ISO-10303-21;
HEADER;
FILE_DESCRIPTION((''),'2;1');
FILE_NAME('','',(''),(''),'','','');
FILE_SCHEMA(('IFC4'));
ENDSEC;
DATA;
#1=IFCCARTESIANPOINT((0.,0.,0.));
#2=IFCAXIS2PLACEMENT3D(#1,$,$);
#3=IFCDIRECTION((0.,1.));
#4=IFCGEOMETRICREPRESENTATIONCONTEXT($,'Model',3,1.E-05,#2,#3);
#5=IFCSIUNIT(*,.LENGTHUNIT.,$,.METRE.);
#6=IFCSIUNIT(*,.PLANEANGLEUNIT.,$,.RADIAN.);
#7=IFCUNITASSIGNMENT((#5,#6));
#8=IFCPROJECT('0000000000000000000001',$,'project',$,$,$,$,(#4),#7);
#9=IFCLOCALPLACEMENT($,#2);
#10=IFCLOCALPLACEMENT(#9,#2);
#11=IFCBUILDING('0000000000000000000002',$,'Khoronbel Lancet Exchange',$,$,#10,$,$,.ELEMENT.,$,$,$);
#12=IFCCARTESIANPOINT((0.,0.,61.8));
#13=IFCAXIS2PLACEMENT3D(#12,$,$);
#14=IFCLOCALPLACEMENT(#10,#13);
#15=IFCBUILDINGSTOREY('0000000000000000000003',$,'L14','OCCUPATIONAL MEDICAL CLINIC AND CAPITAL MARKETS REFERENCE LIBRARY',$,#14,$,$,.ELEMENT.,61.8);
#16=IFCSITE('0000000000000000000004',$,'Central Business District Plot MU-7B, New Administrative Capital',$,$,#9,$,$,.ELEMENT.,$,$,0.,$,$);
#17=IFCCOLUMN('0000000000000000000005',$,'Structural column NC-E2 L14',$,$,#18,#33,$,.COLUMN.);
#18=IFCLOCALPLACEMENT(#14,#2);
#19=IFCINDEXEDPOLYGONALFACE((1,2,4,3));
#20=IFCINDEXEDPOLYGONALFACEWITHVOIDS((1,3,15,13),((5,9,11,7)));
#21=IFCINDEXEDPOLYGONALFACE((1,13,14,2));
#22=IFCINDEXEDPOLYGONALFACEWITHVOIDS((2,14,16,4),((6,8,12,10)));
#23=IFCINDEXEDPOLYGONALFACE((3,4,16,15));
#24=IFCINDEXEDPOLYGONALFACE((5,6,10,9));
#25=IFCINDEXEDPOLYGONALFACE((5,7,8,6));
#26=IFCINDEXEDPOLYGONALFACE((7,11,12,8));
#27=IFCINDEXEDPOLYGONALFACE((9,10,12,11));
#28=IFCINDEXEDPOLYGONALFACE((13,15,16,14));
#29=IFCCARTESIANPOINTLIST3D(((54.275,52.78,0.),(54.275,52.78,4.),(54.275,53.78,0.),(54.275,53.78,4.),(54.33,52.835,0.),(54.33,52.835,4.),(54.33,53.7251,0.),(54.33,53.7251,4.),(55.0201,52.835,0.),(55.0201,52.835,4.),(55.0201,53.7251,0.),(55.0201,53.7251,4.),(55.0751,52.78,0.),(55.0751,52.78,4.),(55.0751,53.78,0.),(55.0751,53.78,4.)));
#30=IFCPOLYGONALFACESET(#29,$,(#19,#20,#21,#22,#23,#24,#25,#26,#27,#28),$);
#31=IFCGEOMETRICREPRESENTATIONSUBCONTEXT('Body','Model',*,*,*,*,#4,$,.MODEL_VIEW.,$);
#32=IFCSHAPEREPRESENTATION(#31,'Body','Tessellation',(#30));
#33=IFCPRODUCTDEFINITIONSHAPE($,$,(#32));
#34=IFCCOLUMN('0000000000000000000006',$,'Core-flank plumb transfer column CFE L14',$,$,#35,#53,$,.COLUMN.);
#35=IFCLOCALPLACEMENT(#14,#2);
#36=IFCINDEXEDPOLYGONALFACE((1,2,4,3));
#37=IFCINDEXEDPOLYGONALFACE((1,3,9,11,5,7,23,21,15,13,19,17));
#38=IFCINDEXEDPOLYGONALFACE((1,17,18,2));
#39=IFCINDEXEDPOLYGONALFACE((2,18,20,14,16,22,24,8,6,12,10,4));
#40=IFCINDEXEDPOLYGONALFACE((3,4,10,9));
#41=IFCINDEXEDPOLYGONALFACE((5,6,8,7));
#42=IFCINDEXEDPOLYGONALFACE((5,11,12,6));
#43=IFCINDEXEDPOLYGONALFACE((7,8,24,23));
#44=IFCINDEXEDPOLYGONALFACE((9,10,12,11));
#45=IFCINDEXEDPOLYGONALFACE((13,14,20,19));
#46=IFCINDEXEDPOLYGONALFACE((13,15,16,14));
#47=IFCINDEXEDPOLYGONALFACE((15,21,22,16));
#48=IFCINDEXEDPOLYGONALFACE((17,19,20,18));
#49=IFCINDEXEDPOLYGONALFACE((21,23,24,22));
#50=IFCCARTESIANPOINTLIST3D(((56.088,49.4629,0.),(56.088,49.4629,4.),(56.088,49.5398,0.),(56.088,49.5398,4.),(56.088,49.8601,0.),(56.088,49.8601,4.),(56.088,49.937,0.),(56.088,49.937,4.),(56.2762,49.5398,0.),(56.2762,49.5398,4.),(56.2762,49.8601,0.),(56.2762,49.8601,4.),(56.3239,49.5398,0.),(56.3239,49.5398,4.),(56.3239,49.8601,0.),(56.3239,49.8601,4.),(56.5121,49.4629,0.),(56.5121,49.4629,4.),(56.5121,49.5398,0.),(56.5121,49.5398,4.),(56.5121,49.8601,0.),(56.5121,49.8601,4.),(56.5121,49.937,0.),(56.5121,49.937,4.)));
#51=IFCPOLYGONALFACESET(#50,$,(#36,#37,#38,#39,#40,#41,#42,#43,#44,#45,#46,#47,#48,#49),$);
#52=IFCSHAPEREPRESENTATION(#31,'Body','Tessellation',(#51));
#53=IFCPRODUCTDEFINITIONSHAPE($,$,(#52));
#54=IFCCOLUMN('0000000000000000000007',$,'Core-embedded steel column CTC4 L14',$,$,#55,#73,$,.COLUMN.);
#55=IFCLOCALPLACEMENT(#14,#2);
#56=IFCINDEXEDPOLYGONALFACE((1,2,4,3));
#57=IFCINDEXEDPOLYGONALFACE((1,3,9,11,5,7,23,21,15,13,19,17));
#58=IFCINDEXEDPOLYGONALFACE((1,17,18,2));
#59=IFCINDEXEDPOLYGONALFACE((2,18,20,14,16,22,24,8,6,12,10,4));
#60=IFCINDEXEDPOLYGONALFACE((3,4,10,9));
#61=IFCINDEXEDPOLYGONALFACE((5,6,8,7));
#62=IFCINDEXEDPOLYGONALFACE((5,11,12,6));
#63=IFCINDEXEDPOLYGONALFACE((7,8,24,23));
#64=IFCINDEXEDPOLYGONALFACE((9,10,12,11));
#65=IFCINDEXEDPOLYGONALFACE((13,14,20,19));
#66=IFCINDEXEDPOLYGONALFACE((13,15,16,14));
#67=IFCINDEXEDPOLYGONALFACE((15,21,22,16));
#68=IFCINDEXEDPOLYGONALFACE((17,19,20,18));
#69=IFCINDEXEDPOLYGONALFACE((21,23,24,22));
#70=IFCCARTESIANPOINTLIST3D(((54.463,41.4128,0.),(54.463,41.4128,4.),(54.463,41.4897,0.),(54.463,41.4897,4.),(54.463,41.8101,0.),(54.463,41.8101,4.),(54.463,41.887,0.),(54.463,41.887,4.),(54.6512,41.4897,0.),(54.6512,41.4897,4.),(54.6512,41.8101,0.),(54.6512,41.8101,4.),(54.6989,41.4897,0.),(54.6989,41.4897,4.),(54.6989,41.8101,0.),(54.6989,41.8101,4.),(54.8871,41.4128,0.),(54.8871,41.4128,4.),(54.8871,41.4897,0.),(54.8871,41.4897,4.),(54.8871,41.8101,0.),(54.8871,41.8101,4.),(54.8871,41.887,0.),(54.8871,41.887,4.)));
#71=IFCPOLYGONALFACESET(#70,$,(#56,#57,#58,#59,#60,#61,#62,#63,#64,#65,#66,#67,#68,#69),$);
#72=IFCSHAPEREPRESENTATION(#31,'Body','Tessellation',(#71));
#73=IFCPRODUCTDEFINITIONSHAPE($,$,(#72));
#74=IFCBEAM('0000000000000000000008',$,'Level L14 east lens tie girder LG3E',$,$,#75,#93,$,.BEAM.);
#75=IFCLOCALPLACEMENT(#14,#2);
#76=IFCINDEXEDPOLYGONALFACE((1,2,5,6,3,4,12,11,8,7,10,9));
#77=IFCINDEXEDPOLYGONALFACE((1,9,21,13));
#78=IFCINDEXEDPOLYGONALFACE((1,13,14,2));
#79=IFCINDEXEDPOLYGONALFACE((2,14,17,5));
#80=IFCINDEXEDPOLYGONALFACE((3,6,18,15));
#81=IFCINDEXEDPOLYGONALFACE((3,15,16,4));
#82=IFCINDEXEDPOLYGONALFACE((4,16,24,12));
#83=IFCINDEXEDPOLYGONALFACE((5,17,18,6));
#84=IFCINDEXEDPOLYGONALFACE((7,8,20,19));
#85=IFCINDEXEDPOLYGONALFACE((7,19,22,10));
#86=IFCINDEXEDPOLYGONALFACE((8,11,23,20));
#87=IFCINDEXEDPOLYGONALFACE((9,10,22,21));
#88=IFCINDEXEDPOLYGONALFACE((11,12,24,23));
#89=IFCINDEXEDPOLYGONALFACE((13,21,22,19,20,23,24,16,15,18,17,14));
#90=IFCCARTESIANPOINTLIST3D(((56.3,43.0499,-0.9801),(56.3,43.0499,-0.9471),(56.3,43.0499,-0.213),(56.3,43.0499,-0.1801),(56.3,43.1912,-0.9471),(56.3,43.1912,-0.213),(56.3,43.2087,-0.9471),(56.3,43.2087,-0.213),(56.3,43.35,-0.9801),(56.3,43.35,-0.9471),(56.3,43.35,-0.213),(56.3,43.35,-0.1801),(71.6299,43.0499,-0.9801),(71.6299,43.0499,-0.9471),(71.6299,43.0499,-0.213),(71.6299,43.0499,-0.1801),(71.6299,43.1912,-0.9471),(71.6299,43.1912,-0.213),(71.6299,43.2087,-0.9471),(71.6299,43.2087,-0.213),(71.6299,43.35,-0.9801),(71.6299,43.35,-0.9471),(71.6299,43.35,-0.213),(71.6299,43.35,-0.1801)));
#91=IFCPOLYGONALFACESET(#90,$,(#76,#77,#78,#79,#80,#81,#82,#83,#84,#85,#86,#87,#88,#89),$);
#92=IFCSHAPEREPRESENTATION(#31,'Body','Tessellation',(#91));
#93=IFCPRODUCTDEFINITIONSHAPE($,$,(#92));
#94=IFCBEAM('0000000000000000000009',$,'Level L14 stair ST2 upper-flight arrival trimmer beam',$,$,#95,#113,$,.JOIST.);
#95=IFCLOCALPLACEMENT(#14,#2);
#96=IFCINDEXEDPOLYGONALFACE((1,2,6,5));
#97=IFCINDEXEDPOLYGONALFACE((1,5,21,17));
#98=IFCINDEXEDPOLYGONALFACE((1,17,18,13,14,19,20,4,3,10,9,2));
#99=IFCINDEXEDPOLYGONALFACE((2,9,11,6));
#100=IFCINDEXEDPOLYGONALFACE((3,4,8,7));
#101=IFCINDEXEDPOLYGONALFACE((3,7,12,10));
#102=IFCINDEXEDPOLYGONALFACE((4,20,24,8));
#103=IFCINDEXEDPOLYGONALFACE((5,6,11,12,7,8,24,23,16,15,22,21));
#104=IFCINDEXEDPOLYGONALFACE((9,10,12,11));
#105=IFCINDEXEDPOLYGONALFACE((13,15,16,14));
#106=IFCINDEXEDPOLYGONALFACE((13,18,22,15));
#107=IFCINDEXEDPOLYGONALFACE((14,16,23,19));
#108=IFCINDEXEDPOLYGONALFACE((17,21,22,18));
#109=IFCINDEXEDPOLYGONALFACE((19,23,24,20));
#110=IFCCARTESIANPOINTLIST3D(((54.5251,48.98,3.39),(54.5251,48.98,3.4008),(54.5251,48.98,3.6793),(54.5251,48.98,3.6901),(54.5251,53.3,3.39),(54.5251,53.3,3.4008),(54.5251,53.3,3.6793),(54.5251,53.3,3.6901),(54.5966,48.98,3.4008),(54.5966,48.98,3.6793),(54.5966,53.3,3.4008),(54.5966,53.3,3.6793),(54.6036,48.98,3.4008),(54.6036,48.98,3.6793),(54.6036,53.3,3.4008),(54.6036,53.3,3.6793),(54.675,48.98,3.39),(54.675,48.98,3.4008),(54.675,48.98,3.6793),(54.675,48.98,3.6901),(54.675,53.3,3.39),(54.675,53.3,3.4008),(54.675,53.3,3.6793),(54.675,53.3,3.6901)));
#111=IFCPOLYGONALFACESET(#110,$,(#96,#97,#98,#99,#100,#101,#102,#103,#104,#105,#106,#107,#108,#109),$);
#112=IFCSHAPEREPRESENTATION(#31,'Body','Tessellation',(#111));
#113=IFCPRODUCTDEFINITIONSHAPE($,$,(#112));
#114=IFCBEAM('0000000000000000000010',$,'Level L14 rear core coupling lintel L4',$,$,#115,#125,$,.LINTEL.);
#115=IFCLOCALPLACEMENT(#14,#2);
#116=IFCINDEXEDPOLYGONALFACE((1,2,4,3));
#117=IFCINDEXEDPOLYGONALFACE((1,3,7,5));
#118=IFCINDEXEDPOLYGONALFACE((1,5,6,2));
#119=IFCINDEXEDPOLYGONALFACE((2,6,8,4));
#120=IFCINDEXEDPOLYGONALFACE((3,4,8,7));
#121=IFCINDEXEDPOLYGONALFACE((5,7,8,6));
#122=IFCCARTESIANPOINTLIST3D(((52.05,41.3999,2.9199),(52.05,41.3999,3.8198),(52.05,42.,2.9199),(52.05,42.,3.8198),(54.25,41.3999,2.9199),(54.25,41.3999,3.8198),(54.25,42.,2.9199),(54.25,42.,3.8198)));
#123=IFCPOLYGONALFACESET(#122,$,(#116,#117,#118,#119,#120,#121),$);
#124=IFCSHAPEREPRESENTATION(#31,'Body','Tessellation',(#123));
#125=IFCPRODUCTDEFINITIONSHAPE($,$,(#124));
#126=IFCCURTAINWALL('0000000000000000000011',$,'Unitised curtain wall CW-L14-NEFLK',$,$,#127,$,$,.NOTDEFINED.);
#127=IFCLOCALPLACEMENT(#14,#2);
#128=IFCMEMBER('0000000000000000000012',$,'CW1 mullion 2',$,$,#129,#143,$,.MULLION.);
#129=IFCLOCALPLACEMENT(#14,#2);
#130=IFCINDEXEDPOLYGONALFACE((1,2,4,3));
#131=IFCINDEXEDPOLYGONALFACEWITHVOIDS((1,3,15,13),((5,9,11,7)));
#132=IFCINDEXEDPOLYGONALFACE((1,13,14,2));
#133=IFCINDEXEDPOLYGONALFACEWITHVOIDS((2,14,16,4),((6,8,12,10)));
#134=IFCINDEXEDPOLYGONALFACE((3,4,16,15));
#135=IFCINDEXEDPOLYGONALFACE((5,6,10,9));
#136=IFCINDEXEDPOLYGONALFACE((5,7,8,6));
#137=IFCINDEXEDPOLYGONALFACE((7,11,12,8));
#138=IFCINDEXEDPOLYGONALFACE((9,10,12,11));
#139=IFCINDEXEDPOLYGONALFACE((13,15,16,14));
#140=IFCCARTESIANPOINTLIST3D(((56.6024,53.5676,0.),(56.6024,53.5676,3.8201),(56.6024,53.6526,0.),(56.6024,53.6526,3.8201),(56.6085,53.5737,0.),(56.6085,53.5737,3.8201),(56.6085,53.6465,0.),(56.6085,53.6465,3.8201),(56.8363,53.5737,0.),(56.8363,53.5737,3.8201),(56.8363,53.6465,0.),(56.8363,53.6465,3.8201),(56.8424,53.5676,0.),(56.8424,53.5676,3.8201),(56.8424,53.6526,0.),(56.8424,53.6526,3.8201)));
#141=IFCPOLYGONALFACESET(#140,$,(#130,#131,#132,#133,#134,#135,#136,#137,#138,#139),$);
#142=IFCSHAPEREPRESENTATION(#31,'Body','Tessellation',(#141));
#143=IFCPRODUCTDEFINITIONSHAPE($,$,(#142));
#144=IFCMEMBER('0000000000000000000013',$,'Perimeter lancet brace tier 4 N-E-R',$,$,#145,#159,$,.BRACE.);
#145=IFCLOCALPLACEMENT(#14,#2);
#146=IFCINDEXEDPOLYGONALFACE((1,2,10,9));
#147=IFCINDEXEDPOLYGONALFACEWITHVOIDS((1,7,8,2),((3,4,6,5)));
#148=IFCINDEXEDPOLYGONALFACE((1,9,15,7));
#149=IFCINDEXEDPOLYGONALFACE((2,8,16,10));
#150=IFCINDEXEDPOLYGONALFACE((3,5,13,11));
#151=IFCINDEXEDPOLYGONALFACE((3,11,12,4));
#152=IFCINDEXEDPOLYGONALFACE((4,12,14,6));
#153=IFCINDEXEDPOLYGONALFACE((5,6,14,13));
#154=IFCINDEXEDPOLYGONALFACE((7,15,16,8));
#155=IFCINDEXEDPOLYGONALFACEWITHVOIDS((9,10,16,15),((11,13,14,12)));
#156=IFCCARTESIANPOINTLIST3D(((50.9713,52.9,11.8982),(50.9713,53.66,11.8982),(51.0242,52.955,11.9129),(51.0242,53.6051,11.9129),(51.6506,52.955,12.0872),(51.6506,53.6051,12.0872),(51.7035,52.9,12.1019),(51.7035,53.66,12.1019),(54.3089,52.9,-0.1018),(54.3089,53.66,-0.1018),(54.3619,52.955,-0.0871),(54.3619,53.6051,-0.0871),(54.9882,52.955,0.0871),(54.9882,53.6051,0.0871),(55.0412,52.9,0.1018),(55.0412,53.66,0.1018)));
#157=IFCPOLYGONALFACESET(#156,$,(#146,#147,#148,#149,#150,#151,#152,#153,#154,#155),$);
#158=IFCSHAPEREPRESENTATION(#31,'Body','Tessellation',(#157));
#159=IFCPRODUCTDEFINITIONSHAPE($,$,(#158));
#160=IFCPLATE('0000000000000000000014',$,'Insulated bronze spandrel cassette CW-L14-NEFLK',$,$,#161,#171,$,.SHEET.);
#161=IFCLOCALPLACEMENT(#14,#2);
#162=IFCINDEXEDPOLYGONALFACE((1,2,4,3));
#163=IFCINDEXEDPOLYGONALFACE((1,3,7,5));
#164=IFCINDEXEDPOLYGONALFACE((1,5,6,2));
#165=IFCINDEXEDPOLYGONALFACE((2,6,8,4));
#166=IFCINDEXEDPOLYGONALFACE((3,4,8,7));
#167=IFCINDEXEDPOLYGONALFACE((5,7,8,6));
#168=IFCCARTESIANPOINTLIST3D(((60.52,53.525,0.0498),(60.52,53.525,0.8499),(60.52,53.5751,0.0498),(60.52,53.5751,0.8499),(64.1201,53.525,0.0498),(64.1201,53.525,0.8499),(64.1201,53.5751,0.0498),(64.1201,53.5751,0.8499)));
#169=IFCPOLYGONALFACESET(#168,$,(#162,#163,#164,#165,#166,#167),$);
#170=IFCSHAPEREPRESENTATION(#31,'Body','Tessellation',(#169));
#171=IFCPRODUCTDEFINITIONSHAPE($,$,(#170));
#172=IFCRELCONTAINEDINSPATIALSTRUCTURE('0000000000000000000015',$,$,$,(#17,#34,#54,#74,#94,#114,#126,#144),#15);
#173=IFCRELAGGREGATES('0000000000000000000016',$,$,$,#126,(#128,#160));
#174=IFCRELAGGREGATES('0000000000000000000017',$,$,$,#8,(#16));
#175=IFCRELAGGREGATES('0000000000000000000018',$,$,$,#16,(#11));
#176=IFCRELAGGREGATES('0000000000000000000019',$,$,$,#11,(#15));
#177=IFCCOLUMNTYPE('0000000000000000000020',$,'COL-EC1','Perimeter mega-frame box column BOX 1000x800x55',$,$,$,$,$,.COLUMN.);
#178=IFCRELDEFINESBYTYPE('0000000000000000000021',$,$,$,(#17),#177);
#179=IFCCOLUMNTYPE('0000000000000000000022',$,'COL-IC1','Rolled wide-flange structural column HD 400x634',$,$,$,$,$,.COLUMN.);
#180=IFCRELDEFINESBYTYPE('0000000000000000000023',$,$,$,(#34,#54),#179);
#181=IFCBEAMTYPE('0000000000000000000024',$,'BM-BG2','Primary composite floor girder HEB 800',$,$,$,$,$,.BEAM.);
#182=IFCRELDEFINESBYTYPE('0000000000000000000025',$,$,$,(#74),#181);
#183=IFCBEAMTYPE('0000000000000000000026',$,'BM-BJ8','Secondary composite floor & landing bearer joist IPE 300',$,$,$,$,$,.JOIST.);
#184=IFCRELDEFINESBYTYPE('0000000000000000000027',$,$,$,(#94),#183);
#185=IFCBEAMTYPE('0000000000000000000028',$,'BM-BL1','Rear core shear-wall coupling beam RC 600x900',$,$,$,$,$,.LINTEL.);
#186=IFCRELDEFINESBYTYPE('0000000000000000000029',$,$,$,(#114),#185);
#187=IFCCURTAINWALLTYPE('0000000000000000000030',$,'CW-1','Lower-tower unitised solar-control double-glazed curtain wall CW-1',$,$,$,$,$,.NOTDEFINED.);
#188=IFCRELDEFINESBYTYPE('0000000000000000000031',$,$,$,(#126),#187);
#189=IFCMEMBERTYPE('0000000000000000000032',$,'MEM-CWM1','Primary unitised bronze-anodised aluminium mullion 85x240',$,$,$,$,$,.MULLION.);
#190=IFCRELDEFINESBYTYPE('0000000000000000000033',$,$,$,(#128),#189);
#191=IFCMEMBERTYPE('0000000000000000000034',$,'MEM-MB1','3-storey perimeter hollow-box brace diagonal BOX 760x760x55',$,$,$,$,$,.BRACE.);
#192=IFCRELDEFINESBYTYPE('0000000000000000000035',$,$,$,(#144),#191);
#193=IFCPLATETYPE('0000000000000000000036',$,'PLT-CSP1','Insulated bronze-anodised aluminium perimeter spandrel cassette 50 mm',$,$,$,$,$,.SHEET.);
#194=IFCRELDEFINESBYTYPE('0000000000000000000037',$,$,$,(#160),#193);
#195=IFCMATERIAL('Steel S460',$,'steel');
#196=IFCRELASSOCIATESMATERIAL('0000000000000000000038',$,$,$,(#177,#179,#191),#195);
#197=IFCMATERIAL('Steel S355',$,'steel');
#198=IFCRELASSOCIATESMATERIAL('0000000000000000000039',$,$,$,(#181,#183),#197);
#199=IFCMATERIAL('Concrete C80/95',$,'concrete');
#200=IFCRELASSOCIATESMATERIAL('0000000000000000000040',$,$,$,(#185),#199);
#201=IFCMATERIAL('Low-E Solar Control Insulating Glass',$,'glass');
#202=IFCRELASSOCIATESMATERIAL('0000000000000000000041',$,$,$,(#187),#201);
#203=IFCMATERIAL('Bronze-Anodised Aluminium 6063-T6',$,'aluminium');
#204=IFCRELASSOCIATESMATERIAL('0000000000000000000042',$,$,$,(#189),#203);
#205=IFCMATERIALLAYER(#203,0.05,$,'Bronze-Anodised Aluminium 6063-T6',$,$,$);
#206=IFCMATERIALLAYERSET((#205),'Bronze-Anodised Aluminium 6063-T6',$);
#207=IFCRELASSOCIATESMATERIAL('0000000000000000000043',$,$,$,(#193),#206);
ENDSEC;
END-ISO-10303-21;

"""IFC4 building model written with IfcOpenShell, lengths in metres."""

from ifc_helpers import new_model, si_unit, direction, frame, origin, origin_2d, place, context, subcontext, project, spatial, rectangle, hollow_rectangle, i_section, extrude, material, layer, layer_set, material_profile, profile_set, type_object, element, aggregate, save


model = new_model("IFC4")

# Units and contexts
model_context = context("Model", 3, precision=1e-05, world=origin(), true_north=direction((0.0, 1.0)))
body_context = subcontext(model_context, "Body", "Model", "MODEL_VIEW")
ifc_project = project(units=[si_unit("LENGTHUNIT", "METRE"), si_unit("PLANEANGLEUNIT", "RADIAN")], contexts=[model_context])

# Site, building, storey
site_placement = place(None, origin())
site = spatial("IfcSite", under=ifc_project, at=site_placement, Name="Central Business District Plot MU-7B, New Administrative Capital", CompositionType="ELEMENT", RefElevation=0.0)
building_placement = place(site_placement, origin())
building = spatial("IfcBuilding", under=site, at=building_placement, Name="Khoronbel Lancet Exchange", CompositionType="ELEMENT")
storey_placement = place(building_placement, frame((0.0, 0.0, 61.8)))
storey = spatial("IfcBuildingStorey", under=building, at=storey_placement, Name="L14", Description="OCCUPATIONAL MEDICAL CLINIC AND CAPITAL MARKETS REFERENCE LIBRARY", CompositionType="ELEMENT", Elevation=61.8)

# Columns
ifc_material_1 = material(Name="Steel S460", Category="steel")
ifc_material_profile_1 = material_profile(ifc_material_1, hollow_rectangle(XDim=0.8, YDim=1.0, WallThickness=0.0549, at=origin_2d()), Name="BOX 1000x800x55")
ifc_profile_set_1 = profile_set([ifc_material_profile_1], Name="Steel S460")
column_type_1 = type_object("IfcColumnType", Name="COL-EC1", Description="Perimeter mega-frame box column BOX 1000x800x55", PredefinedType="COLUMN", material=ifc_profile_set_1)
column_placement = place(storey_placement, frame((54.675, 53.28, 0.0), z_axis=(0.0, 0.0, 1.0), x_axis=(1.0, 0.0, 0.0)))
element("IfcColumn", 1, at=column_placement, inside=storey, type_object=column_type_1, Name="Structural column NC-E2 L14", PredefinedType="COLUMN", context=body_context, shape_type="SweptSolid", body=[
    extrude(hollow_rectangle(XDim=0.8, YDim=1.0, WallThickness=0.0549, at=origin_2d()), origin(), (0.0, 0.0, 1.0), 4.0),
])
ifc_material_profile_2 = material_profile(ifc_material_1, i_section(OverallWidth=0.4241, OverallDepth=0.4741, WebThickness=0.0476, FlangeThickness=0.0769, at=origin_2d()), Name="HD 400x634")
ifc_profile_set_2 = profile_set([ifc_material_profile_2], Name="Steel S460")
column_type_2 = type_object("IfcColumnType", Name="COL-IC1", Description="Rolled wide-flange structural column HD 400x634", PredefinedType="COLUMN", material=ifc_profile_set_2)
for number, where, z_axis, x_axis, name in (
    (2, (56.3, 49.7, 0.0), (0.0, 0.0, 1.0), (1.0, 0.0, 0.0), "Core-flank plumb transfer column CFE L14"),
    (3, (54.675, 41.6499, 0.0), (0.0, 0.0, 1.0), (1.0, 0.0, 0.0), "Core-embedded steel column CTC4 L14"),
):
    element("IfcColumn", number, at=place(storey_placement, frame(where, z_axis=z_axis, x_axis=x_axis)), inside=storey, type_object=column_type_2, Name=name, PredefinedType="COLUMN", context=body_context, shape_type="SweptSolid", body=[
        extrude(i_section(OverallWidth=0.4241, OverallDepth=0.4741, WebThickness=0.0476, FlangeThickness=0.0769, at=origin_2d()), origin(), (0.0, 0.0, 1.0), 4.0),
    ])

# Beams
ifc_material_2 = material(Name="Steel S355", Category="steel")
ifc_material_profile_3 = material_profile(ifc_material_2, i_section(OverallWidth=0.3, OverallDepth=0.8, WebThickness=0.0176, FlangeThickness=0.033, at=origin_2d()), Name="HEB 800")
ifc_profile_set_3 = profile_set([ifc_material_profile_3], Name="Steel S355")
beam_type_1 = type_object("IfcBeamType", Name="BM-BG2", Description="Primary composite floor girder HEB 800", PredefinedType="BEAM", material=ifc_profile_set_3)
beam_1_placement = place(storey_placement, frame((56.3, 43.2, -0.5801), z_axis=(1.0, 0.0, 0.0), x_axis=(0.0, 1.0, 0.0)))
element("IfcBeam", 4, at=beam_1_placement, inside=storey, type_object=beam_type_1, Name="Level L14 east lens tie girder LG3E", PredefinedType="BEAM", context=body_context, shape_type="SweptSolid", body=[
    extrude(i_section(OverallWidth=0.3, OverallDepth=0.8, WebThickness=0.0176, FlangeThickness=0.033, at=origin_2d()), origin(), (0.0, 0.0, 1.0), 15.3298),
])
ifc_material_profile_4 = material_profile(ifc_material_2, i_section(OverallWidth=0.1499, OverallDepth=0.3, WebThickness=0.0071, FlangeThickness=0.0107, at=origin_2d()), Name="IPE 300")
ifc_profile_set_4 = profile_set([ifc_material_profile_4], Name="Steel S355")
beam_type_2 = type_object("IfcBeamType", Name="BM-BJ8", Description="Secondary composite floor & landing bearer joist IPE 300", PredefinedType="JOIST", material=ifc_profile_set_4)
beam_2_placement = place(storey_placement, frame((54.6001, 48.98, 3.54), z_axis=(0.0, 1.0, 0.0), x_axis=(-1.0, 0.0, 0.0)))
element("IfcBeam", 5, at=beam_2_placement, inside=storey, type_object=beam_type_2, Name="Level L14 stair ST2 upper-flight arrival trimmer beam", PredefinedType="JOIST", context=body_context, shape_type="SweptSolid", body=[
    extrude(i_section(OverallWidth=0.1499, OverallDepth=0.3, WebThickness=0.0071, FlangeThickness=0.0107, at=origin_2d()), origin(), (0.0, 0.0, 1.0), 4.3201),
])
ifc_material_3 = material(Name="Concrete C80/95", Category="concrete")
ifc_material_profile_5 = material_profile(ifc_material_3, rectangle(XDim=0.6001, YDim=0.8999, at=origin_2d()), Name="RC 600x900")
ifc_profile_set_5 = profile_set([ifc_material_profile_5], Name="Concrete C80/95")
beam_type_3 = type_object("IfcBeamType", Name="BM-BL1", Description="Rear core shear-wall coupling beam RC 600x900", PredefinedType="LINTEL", material=ifc_profile_set_5)
beam_3_placement = place(storey_placement, frame((52.05, 41.7, 3.3699), z_axis=(1.0, 0.0, 0.0), x_axis=(0.0, 1.0, 0.0)))
element("IfcBeam", 6, at=beam_3_placement, inside=storey, type_object=beam_type_3, Name="Level L14 rear core coupling lintel L4", PredefinedType="LINTEL", context=body_context, shape_type="SweptSolid", body=[
    extrude(rectangle(XDim=0.6001, YDim=0.8999, at=origin_2d()), origin(), (0.0, 0.0, 1.0), 2.2),
])

# Curtain wall, member
ifc_material_4 = material(Name="Low-E Solar Control Insulating Glass", Category="glass")
curtain_wall_type = type_object("IfcCurtainWallType", Name="CW-1", Description="Lower-tower unitised solar-control double-glazed curtain wall CW-1", PredefinedType="NOTDEFINED", material=ifc_material_4)
curtain_wall_placement = place(storey_placement, origin())
curtain_wall = element("IfcCurtainWall", 7, at=curtain_wall_placement, inside=storey, type_object=curtain_wall_type, Name="Unitised curtain wall CW-L14-NEFLK", PredefinedType="NOTDEFINED")
ifc_material_5 = material(Name="Bronze-Anodised Aluminium 6063-T6", Category="aluminium")
ifc_material_profile_6 = material_profile(ifc_material_5, hollow_rectangle(XDim=0.085, YDim=0.24, WallThickness=0.0061, at=origin_2d()), Name="ALU MULLION 85x240")
ifc_profile_set_6 = profile_set([ifc_material_profile_6], Name="Bronze-Anodised Aluminium 6063-T6")
member_type_1 = type_object("IfcMemberType", Name="MEM-CWM1", Description="Primary unitised bronze-anodised aluminium mullion 85x240", PredefinedType="MULLION", material=ifc_profile_set_6)
member_1_placement = place(storey_placement, frame((56.7224, 53.6101, 0.0), z_axis=(0.0, 0.0, 1.0), x_axis=(0.0, -1.0, 0.0)))
member_1 = element("IfcMember", 8, at=member_1_placement, type_object=member_type_1, Name="CW1 mullion 2", PredefinedType="MULLION", context=body_context, shape_type="SweptSolid", body=[
    extrude(hollow_rectangle(XDim=0.085, YDim=0.24, WallThickness=0.0061, at=origin_2d()), origin(), (0.0, 0.0, 1.0), 3.8201),
])

# Member
ifc_material_profile_7 = material_profile(ifc_material_1, hollow_rectangle(XDim=0.76, YDim=0.76, WallThickness=0.0549, at=origin_2d()), Name="BOX 760x760x55")
ifc_profile_set_7 = profile_set([ifc_material_profile_7], Name="Steel S460")
member_type_2 = type_object("IfcMemberType", Name="MEM-MB1", Description="3-storey perimeter hollow-box brace diagonal BOX 760x760x55", PredefinedType="BRACE", material=ifc_profile_set_7)
member_2_placement = place(storey_placement, frame((54.675, 53.28, 0.0), z_axis=(-0.267965, 0.0, 0.963429), x_axis=(0.0, -1.0, 0.0)))
element("IfcMember", 9, at=member_2_placement, inside=storey, type_object=member_type_2, Name="Perimeter lancet brace tier 4 N-E-R", PredefinedType="BRACE", context=body_context, shape_type="SweptSolid", body=[
    extrude(hollow_rectangle(XDim=0.76, YDim=0.76, WallThickness=0.0549, at=origin_2d()), origin(), (0.0, 0.0, 1.0), 12.4556),
])

# Plate
ifc_layer_1 = layer(ifc_material_5, 0.05, Name="Bronze-Anodised Aluminium 6063-T6")
ifc_layer_set_1 = layer_set([ifc_layer_1], Name="Bronze-Anodised Aluminium 6063-T6")
plate_type_1 = type_object("IfcPlateType", Name="PLT-CSP1", Description="Insulated bronze-anodised aluminium perimeter spandrel cassette 50 mm", PredefinedType="SHEET", material=ifc_layer_set_1)
plate_1_placement = place(storey_placement, frame((62.3201, 53.55, 0.0498), z_axis=(0.0, 0.0, 1.0), x_axis=(-1.0, 0.0, 0.0)))
plate_1 = element("IfcPlate", 10, at=plate_1_placement, type_object=plate_type_1, Name="Insulated bronze spandrel cassette CW-L14-NEFLK", PredefinedType="SHEET", context=body_context, shape_type="SweptSolid", body=[
    extrude(rectangle(XDim=3.6001, YDim=0.05, at=origin_2d()), origin(), (0.0, 0.0, 1.0), 0.8),
])
aggregate(curtain_wall, [member_1, plate_1])

save(model, "model.ifc")
